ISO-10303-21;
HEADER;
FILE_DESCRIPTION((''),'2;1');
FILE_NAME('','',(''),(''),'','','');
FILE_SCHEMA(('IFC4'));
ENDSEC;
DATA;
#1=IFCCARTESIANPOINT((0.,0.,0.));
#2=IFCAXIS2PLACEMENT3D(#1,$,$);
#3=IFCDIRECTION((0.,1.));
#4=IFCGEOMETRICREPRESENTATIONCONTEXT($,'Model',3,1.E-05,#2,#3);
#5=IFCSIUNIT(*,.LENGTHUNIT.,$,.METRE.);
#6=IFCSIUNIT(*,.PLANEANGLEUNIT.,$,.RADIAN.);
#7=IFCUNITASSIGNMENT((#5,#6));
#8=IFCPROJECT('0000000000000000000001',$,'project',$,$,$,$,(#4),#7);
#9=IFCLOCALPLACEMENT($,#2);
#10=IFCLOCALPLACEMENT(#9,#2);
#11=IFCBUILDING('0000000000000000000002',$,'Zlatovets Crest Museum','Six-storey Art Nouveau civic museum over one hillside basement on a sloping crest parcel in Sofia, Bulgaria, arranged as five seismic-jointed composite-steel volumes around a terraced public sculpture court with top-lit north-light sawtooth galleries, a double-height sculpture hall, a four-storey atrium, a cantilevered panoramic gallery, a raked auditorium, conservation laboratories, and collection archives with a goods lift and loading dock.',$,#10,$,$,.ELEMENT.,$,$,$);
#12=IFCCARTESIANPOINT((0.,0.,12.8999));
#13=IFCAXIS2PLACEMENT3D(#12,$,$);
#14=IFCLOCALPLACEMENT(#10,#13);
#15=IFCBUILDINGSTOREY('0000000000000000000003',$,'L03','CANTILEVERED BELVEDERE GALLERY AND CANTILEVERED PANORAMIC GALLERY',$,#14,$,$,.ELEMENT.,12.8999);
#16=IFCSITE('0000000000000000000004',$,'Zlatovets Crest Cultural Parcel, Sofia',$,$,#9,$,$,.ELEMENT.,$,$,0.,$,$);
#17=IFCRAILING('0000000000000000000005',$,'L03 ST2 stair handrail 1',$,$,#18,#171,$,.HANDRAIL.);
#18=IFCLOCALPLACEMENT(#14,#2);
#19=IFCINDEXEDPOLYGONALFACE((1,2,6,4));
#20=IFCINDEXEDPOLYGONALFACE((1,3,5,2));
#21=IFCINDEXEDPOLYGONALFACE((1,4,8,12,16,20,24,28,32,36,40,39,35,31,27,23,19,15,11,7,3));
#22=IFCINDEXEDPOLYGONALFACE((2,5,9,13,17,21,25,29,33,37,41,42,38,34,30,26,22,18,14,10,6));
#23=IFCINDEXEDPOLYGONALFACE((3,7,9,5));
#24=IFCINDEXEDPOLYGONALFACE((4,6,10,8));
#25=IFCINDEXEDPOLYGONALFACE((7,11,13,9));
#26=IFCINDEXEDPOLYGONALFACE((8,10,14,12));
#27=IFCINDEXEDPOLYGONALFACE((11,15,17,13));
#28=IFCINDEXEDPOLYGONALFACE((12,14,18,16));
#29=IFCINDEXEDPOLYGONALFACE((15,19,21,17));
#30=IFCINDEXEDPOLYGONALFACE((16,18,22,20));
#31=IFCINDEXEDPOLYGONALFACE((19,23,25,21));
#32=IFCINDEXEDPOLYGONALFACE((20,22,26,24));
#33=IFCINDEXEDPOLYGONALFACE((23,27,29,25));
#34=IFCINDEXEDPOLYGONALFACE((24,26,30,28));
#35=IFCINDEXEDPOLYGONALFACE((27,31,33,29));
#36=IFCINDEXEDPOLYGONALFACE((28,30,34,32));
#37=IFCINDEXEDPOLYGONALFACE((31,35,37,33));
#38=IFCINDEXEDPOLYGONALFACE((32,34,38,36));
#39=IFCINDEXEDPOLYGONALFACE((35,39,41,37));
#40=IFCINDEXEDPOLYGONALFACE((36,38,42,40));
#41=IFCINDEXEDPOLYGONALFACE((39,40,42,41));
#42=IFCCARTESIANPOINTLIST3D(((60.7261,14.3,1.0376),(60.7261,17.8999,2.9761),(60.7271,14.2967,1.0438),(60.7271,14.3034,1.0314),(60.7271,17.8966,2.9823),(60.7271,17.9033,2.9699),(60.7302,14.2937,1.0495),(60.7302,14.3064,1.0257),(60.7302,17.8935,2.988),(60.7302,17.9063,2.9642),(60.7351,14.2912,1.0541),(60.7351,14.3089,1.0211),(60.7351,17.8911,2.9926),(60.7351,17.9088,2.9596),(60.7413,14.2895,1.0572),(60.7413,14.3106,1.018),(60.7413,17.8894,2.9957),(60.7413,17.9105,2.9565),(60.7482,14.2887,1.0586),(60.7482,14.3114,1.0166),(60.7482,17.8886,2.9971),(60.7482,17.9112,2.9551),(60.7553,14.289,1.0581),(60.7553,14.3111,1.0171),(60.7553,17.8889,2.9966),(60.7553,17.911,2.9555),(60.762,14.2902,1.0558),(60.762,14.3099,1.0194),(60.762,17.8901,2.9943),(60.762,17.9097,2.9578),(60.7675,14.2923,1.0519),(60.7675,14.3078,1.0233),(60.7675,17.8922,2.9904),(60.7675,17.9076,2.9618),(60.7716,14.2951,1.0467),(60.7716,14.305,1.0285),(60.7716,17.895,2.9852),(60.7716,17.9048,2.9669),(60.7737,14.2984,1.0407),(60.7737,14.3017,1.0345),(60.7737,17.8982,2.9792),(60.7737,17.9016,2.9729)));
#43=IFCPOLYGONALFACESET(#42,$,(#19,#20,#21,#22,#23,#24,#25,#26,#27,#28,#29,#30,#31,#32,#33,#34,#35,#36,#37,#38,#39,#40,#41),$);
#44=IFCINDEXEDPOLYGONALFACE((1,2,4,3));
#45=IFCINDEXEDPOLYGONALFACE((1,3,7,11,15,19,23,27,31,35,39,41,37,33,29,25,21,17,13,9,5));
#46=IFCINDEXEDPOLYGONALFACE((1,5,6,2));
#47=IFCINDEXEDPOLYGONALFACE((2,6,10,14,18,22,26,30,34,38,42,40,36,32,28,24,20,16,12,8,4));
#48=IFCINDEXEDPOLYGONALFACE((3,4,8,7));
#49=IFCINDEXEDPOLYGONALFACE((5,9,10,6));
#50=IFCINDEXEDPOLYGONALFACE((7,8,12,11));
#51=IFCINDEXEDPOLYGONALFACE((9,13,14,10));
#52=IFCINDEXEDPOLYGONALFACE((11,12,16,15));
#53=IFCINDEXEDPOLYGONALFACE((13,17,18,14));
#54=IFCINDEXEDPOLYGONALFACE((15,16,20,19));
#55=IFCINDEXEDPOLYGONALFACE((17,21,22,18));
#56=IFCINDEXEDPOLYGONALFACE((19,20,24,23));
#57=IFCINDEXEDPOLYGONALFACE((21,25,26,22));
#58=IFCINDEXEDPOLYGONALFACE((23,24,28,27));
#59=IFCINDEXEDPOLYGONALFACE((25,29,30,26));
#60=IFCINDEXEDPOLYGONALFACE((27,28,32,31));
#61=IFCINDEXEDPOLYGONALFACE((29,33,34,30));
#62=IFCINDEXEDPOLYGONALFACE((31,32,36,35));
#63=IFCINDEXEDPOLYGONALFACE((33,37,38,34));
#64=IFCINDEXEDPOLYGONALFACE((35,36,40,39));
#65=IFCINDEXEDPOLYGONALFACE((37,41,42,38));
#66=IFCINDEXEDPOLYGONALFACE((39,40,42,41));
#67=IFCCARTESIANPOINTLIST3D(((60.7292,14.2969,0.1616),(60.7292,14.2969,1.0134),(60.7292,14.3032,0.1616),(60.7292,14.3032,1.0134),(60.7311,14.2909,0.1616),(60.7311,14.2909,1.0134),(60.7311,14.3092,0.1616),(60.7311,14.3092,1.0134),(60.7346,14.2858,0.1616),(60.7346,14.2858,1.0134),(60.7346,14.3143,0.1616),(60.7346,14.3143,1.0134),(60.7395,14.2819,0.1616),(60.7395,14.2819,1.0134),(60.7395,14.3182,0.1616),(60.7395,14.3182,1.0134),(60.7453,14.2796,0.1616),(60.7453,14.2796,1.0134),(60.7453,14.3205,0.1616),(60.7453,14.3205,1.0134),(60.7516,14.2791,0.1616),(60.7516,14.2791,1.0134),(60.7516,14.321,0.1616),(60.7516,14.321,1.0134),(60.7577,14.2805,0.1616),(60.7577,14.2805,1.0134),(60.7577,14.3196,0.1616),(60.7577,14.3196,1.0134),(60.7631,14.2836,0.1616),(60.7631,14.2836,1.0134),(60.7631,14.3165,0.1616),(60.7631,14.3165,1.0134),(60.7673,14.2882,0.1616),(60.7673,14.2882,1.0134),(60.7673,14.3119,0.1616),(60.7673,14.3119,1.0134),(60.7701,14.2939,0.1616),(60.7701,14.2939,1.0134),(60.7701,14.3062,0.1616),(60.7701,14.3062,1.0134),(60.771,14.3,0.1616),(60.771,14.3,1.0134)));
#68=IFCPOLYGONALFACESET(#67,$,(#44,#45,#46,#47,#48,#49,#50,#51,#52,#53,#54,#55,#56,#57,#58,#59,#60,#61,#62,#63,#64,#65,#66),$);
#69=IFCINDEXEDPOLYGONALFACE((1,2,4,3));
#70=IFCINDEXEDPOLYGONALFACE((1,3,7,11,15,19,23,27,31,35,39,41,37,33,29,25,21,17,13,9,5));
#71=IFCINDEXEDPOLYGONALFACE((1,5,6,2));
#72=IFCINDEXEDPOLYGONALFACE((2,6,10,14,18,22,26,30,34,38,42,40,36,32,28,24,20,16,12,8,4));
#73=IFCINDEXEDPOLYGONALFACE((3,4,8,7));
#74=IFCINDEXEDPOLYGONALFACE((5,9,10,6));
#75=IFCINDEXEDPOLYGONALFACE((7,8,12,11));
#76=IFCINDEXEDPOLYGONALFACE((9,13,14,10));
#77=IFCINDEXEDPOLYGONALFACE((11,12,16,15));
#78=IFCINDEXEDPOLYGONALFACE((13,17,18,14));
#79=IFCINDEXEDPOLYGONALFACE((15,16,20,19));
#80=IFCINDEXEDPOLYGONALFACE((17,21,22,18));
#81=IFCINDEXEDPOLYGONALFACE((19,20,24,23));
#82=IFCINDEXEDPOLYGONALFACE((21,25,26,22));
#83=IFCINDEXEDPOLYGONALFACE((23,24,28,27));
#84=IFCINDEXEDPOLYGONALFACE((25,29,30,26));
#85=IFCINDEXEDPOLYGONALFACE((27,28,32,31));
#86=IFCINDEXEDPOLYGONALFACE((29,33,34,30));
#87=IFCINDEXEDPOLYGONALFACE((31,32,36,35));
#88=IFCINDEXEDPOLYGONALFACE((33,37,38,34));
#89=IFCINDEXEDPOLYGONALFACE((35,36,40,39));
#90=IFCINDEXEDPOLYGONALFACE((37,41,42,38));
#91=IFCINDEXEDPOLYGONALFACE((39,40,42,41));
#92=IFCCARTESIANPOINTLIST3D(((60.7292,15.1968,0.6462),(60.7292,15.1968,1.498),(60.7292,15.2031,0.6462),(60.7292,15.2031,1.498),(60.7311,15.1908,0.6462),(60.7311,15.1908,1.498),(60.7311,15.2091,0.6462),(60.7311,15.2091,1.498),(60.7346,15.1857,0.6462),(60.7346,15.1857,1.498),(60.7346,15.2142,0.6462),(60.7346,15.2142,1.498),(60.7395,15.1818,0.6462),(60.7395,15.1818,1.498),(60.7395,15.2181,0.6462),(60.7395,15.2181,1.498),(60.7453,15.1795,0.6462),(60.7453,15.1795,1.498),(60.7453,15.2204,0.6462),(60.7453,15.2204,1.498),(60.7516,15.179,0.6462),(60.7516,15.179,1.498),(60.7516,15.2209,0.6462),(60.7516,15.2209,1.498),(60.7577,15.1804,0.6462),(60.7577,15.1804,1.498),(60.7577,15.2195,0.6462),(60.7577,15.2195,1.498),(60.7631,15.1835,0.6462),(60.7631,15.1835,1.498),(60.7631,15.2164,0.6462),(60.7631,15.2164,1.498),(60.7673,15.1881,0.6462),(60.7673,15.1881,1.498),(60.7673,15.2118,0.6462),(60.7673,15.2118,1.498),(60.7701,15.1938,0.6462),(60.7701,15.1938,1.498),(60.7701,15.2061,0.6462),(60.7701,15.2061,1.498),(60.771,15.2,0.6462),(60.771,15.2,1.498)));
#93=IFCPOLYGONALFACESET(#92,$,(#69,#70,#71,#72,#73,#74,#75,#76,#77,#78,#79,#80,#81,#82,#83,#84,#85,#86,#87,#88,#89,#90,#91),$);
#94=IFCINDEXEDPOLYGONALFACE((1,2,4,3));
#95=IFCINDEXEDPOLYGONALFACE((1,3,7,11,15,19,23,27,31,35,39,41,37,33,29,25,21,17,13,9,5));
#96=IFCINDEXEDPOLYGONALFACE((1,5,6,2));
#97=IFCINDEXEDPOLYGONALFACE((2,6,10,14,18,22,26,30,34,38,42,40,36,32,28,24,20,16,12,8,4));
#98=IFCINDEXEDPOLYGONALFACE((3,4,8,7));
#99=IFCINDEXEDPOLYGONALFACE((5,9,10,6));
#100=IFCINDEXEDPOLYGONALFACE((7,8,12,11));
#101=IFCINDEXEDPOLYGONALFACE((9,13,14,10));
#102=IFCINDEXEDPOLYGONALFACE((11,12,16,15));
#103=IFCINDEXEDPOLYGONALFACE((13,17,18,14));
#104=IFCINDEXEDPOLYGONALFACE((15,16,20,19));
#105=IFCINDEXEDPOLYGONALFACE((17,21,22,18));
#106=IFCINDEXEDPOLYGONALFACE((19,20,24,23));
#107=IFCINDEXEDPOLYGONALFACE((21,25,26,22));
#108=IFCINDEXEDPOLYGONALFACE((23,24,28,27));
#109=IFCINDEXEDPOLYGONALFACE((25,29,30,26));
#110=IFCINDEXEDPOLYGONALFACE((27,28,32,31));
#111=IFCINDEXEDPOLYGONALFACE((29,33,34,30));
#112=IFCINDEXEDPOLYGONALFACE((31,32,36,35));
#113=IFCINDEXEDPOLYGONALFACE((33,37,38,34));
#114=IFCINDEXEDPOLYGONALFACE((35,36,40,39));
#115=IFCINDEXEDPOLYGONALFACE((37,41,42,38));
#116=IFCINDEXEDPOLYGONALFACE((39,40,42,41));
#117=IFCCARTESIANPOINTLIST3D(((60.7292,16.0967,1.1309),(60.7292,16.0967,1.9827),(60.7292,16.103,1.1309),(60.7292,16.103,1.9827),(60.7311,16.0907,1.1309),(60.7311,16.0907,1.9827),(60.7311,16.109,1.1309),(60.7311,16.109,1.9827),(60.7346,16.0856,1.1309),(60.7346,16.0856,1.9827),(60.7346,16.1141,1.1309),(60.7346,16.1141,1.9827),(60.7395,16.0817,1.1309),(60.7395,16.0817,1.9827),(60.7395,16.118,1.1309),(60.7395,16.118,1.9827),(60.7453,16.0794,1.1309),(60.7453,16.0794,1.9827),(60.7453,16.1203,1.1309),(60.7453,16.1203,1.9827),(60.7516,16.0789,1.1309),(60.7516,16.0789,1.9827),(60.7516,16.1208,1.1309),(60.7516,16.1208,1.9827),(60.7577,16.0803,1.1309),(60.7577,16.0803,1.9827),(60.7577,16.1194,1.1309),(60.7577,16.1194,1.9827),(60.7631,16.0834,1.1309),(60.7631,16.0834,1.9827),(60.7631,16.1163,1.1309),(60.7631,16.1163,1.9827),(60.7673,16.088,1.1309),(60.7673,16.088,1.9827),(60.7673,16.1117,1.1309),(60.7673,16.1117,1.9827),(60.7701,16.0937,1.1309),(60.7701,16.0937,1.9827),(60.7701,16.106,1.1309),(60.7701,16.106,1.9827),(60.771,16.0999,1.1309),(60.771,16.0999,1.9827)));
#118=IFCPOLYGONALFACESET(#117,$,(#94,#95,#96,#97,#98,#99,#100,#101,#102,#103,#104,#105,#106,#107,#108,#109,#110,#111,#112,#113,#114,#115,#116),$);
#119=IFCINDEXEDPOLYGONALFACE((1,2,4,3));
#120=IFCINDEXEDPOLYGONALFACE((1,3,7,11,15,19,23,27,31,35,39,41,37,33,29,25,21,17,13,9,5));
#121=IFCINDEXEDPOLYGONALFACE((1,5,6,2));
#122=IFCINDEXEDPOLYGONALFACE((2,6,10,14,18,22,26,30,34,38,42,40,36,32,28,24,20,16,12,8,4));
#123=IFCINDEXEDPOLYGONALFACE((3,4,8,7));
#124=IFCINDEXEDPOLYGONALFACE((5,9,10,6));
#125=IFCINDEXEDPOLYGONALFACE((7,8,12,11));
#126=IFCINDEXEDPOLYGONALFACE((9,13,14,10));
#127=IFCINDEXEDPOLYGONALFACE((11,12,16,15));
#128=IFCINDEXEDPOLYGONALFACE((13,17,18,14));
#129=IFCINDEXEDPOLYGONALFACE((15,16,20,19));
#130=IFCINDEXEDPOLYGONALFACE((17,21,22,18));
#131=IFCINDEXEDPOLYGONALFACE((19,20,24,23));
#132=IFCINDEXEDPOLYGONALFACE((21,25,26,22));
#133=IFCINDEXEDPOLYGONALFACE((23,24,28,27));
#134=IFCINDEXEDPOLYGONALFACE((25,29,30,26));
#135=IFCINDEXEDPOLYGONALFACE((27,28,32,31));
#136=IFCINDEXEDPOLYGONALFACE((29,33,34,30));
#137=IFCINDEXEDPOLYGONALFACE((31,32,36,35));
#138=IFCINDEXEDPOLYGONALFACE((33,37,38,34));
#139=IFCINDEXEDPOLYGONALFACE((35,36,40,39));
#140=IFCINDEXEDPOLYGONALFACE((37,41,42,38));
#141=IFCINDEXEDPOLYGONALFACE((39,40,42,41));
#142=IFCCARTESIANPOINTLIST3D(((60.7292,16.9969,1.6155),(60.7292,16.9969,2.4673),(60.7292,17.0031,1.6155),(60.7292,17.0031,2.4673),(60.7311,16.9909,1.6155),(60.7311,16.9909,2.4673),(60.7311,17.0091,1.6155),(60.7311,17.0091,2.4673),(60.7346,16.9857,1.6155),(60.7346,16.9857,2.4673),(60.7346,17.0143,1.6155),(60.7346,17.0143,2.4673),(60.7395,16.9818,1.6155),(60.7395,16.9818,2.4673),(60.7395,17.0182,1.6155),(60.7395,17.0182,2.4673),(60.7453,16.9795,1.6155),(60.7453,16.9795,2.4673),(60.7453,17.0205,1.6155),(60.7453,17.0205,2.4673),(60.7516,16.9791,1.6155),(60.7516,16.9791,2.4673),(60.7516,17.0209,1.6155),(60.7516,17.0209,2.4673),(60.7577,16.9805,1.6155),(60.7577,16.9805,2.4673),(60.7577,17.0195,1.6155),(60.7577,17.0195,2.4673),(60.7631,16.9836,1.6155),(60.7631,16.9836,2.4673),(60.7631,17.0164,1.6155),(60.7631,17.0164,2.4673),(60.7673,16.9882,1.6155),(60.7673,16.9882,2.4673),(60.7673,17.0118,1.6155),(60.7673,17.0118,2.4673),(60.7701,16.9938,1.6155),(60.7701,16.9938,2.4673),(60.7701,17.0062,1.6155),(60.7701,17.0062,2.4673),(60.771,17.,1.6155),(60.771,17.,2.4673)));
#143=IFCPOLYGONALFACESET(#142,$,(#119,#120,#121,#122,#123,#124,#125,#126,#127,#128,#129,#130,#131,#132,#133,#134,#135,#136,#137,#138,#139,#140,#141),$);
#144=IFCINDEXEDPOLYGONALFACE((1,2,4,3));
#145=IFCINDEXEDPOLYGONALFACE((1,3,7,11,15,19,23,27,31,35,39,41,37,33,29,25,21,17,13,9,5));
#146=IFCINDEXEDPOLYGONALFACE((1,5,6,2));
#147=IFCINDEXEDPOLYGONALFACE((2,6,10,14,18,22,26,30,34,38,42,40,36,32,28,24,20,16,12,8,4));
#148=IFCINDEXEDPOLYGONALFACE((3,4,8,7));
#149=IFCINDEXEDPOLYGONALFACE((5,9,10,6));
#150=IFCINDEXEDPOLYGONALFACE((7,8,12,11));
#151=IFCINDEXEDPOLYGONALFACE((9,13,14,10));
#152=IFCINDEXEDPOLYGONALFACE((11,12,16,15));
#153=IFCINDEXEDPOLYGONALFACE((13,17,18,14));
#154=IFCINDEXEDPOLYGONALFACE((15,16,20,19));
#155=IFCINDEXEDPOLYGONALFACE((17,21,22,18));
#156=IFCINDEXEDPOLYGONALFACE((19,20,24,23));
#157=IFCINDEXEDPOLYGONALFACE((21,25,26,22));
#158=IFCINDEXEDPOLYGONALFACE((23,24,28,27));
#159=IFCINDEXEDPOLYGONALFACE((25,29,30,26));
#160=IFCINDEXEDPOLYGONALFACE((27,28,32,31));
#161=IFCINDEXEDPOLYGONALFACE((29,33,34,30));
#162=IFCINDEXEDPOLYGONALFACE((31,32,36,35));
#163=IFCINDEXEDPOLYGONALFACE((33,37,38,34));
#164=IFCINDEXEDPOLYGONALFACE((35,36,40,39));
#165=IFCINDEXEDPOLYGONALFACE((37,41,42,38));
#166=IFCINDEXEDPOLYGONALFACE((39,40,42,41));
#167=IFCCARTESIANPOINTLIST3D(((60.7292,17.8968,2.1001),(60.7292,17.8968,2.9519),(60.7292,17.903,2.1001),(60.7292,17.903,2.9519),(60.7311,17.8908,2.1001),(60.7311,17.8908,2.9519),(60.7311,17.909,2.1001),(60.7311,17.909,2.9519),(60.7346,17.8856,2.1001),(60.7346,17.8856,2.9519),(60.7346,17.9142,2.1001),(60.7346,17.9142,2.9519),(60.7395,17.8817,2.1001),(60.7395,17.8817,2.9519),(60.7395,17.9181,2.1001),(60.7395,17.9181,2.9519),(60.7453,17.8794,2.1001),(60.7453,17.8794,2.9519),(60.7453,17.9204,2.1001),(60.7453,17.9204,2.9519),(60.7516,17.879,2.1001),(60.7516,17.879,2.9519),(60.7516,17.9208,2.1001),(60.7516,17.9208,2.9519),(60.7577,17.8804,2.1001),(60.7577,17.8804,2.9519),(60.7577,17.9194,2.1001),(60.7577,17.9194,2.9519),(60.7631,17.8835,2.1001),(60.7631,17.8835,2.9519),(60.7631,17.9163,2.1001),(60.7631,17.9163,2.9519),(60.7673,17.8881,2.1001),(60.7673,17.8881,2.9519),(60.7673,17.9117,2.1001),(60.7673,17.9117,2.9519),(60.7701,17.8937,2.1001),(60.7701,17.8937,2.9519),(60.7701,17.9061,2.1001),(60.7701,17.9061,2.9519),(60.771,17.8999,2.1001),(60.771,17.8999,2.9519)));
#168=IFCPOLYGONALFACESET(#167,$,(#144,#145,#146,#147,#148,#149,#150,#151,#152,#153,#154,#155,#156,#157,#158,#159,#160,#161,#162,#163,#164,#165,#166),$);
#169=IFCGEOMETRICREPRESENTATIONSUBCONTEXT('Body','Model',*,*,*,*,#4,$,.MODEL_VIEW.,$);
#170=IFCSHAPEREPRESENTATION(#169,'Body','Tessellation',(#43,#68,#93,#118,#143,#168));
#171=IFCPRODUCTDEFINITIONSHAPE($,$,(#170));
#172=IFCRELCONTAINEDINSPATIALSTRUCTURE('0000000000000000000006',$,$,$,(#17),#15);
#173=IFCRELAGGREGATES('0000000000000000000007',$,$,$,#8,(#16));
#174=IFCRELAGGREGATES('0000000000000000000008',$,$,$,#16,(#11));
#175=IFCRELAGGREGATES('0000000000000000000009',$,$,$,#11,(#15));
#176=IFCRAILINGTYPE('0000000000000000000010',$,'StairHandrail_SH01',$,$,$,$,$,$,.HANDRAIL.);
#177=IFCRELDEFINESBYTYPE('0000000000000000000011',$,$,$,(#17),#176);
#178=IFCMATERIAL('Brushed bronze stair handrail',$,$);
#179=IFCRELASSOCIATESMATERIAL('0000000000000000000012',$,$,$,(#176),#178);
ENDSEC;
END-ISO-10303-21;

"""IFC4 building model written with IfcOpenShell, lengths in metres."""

from ifc_helpers import new_model, si_unit, direction, frame, origin, origin_2d, place, context, subcontext, project, spatial, circle, extrude, material, type_object, element, save


model = new_model("IFC4")

# Units and contexts
model_context = context("Model", 3, precision=1e-05, world=origin(), true_north=direction((0.0, 1.0)))
body_context = subcontext(model_context, "Body", "Model", "MODEL_VIEW")
ifc_project = project(units=[si_unit("LENGTHUNIT", "METRE"), si_unit("PLANEANGLEUNIT", "RADIAN")], contexts=[model_context])

# Site, building, storey
site_placement = place(None, origin())
site = spatial("IfcSite", under=ifc_project, at=site_placement, Name="Zlatovets Crest Cultural Parcel, Sofia", CompositionType="ELEMENT", RefElevation=0.0)
building_placement = place(site_placement, origin())
building = spatial("IfcBuilding", under=site, at=building_placement, Name="Zlatovets Crest Museum", Description="Six-storey Art Nouveau civic museum over one hillside basement on a sloping crest parcel in Sofia, Bulgaria, arranged as five seismic-jointed composite-steel volumes around a terraced public sculpture court with top-lit north-light sawtooth galleries, a double-height sculpture hall, a four-storey atrium, a cantilevered panoramic gallery, a raked auditorium, conservation laboratories, and collection archives with a goods lift and loading dock.", CompositionType="ELEMENT")
storey_placement = place(building_placement, frame((0.0, 0.0, 12.8999)))
storey = spatial("IfcBuildingStorey", under=building, at=storey_placement, Name="L03", Description="CANTILEVERED BELVEDERE GALLERY AND CANTILEVERED PANORAMIC GALLERY", CompositionType="ELEMENT", Elevation=12.8999)

# Railing
ifc_material_1 = material(Name="Brushed bronze stair handrail")
railing_type_1 = type_object("IfcRailingType", Name="StairHandrail_SH01", PredefinedType="HANDRAIL", material=ifc_material_1)
railing_1_placement = place(storey_placement, frame((60.75, 14.3, 0.1616)))
element("IfcRailing", 1, at=railing_1_placement, inside=storey, type_object=railing_type_1, Name="L03 ST2 stair handrail 1", PredefinedType="HANDRAIL", context=body_context, shape_type="SweptSolid", body=[
    extrude(circle(Radius=0.0239, at=origin_2d()), frame((0.0, 0.0, 0.876), z_axis=(0.0, 0.880462, 0.474118), x_axis=(-1.0, 0.0, 0.0)), (0.0, 0.0, 1.0), 4.0886),
    extrude(circle(Radius=0.021, at=origin_2d()), origin(), (0.0, 0.0, 1.0), 0.8518),
    extrude(circle(Radius=0.021, at=origin_2d()), frame((0.0, 0.8999, 0.4846)), (0.0, 0.0, 1.0), 0.8518),
    extrude(circle(Radius=0.021, at=origin_2d()), frame((0.0, 1.7998, 0.9692)), (0.0, 0.0, 1.0), 0.8518),
    extrude(circle(Radius=0.021, at=origin_2d()), frame((0.0, 2.7, 1.4539)), (0.0, 0.0, 1.0), 0.8518),
    extrude(circle(Radius=0.021, at=origin_2d()), frame((0.0, 3.5999, 1.9385)), (0.0, 0.0, 1.0), 0.8518),
])

save(model, "model.ifc")
